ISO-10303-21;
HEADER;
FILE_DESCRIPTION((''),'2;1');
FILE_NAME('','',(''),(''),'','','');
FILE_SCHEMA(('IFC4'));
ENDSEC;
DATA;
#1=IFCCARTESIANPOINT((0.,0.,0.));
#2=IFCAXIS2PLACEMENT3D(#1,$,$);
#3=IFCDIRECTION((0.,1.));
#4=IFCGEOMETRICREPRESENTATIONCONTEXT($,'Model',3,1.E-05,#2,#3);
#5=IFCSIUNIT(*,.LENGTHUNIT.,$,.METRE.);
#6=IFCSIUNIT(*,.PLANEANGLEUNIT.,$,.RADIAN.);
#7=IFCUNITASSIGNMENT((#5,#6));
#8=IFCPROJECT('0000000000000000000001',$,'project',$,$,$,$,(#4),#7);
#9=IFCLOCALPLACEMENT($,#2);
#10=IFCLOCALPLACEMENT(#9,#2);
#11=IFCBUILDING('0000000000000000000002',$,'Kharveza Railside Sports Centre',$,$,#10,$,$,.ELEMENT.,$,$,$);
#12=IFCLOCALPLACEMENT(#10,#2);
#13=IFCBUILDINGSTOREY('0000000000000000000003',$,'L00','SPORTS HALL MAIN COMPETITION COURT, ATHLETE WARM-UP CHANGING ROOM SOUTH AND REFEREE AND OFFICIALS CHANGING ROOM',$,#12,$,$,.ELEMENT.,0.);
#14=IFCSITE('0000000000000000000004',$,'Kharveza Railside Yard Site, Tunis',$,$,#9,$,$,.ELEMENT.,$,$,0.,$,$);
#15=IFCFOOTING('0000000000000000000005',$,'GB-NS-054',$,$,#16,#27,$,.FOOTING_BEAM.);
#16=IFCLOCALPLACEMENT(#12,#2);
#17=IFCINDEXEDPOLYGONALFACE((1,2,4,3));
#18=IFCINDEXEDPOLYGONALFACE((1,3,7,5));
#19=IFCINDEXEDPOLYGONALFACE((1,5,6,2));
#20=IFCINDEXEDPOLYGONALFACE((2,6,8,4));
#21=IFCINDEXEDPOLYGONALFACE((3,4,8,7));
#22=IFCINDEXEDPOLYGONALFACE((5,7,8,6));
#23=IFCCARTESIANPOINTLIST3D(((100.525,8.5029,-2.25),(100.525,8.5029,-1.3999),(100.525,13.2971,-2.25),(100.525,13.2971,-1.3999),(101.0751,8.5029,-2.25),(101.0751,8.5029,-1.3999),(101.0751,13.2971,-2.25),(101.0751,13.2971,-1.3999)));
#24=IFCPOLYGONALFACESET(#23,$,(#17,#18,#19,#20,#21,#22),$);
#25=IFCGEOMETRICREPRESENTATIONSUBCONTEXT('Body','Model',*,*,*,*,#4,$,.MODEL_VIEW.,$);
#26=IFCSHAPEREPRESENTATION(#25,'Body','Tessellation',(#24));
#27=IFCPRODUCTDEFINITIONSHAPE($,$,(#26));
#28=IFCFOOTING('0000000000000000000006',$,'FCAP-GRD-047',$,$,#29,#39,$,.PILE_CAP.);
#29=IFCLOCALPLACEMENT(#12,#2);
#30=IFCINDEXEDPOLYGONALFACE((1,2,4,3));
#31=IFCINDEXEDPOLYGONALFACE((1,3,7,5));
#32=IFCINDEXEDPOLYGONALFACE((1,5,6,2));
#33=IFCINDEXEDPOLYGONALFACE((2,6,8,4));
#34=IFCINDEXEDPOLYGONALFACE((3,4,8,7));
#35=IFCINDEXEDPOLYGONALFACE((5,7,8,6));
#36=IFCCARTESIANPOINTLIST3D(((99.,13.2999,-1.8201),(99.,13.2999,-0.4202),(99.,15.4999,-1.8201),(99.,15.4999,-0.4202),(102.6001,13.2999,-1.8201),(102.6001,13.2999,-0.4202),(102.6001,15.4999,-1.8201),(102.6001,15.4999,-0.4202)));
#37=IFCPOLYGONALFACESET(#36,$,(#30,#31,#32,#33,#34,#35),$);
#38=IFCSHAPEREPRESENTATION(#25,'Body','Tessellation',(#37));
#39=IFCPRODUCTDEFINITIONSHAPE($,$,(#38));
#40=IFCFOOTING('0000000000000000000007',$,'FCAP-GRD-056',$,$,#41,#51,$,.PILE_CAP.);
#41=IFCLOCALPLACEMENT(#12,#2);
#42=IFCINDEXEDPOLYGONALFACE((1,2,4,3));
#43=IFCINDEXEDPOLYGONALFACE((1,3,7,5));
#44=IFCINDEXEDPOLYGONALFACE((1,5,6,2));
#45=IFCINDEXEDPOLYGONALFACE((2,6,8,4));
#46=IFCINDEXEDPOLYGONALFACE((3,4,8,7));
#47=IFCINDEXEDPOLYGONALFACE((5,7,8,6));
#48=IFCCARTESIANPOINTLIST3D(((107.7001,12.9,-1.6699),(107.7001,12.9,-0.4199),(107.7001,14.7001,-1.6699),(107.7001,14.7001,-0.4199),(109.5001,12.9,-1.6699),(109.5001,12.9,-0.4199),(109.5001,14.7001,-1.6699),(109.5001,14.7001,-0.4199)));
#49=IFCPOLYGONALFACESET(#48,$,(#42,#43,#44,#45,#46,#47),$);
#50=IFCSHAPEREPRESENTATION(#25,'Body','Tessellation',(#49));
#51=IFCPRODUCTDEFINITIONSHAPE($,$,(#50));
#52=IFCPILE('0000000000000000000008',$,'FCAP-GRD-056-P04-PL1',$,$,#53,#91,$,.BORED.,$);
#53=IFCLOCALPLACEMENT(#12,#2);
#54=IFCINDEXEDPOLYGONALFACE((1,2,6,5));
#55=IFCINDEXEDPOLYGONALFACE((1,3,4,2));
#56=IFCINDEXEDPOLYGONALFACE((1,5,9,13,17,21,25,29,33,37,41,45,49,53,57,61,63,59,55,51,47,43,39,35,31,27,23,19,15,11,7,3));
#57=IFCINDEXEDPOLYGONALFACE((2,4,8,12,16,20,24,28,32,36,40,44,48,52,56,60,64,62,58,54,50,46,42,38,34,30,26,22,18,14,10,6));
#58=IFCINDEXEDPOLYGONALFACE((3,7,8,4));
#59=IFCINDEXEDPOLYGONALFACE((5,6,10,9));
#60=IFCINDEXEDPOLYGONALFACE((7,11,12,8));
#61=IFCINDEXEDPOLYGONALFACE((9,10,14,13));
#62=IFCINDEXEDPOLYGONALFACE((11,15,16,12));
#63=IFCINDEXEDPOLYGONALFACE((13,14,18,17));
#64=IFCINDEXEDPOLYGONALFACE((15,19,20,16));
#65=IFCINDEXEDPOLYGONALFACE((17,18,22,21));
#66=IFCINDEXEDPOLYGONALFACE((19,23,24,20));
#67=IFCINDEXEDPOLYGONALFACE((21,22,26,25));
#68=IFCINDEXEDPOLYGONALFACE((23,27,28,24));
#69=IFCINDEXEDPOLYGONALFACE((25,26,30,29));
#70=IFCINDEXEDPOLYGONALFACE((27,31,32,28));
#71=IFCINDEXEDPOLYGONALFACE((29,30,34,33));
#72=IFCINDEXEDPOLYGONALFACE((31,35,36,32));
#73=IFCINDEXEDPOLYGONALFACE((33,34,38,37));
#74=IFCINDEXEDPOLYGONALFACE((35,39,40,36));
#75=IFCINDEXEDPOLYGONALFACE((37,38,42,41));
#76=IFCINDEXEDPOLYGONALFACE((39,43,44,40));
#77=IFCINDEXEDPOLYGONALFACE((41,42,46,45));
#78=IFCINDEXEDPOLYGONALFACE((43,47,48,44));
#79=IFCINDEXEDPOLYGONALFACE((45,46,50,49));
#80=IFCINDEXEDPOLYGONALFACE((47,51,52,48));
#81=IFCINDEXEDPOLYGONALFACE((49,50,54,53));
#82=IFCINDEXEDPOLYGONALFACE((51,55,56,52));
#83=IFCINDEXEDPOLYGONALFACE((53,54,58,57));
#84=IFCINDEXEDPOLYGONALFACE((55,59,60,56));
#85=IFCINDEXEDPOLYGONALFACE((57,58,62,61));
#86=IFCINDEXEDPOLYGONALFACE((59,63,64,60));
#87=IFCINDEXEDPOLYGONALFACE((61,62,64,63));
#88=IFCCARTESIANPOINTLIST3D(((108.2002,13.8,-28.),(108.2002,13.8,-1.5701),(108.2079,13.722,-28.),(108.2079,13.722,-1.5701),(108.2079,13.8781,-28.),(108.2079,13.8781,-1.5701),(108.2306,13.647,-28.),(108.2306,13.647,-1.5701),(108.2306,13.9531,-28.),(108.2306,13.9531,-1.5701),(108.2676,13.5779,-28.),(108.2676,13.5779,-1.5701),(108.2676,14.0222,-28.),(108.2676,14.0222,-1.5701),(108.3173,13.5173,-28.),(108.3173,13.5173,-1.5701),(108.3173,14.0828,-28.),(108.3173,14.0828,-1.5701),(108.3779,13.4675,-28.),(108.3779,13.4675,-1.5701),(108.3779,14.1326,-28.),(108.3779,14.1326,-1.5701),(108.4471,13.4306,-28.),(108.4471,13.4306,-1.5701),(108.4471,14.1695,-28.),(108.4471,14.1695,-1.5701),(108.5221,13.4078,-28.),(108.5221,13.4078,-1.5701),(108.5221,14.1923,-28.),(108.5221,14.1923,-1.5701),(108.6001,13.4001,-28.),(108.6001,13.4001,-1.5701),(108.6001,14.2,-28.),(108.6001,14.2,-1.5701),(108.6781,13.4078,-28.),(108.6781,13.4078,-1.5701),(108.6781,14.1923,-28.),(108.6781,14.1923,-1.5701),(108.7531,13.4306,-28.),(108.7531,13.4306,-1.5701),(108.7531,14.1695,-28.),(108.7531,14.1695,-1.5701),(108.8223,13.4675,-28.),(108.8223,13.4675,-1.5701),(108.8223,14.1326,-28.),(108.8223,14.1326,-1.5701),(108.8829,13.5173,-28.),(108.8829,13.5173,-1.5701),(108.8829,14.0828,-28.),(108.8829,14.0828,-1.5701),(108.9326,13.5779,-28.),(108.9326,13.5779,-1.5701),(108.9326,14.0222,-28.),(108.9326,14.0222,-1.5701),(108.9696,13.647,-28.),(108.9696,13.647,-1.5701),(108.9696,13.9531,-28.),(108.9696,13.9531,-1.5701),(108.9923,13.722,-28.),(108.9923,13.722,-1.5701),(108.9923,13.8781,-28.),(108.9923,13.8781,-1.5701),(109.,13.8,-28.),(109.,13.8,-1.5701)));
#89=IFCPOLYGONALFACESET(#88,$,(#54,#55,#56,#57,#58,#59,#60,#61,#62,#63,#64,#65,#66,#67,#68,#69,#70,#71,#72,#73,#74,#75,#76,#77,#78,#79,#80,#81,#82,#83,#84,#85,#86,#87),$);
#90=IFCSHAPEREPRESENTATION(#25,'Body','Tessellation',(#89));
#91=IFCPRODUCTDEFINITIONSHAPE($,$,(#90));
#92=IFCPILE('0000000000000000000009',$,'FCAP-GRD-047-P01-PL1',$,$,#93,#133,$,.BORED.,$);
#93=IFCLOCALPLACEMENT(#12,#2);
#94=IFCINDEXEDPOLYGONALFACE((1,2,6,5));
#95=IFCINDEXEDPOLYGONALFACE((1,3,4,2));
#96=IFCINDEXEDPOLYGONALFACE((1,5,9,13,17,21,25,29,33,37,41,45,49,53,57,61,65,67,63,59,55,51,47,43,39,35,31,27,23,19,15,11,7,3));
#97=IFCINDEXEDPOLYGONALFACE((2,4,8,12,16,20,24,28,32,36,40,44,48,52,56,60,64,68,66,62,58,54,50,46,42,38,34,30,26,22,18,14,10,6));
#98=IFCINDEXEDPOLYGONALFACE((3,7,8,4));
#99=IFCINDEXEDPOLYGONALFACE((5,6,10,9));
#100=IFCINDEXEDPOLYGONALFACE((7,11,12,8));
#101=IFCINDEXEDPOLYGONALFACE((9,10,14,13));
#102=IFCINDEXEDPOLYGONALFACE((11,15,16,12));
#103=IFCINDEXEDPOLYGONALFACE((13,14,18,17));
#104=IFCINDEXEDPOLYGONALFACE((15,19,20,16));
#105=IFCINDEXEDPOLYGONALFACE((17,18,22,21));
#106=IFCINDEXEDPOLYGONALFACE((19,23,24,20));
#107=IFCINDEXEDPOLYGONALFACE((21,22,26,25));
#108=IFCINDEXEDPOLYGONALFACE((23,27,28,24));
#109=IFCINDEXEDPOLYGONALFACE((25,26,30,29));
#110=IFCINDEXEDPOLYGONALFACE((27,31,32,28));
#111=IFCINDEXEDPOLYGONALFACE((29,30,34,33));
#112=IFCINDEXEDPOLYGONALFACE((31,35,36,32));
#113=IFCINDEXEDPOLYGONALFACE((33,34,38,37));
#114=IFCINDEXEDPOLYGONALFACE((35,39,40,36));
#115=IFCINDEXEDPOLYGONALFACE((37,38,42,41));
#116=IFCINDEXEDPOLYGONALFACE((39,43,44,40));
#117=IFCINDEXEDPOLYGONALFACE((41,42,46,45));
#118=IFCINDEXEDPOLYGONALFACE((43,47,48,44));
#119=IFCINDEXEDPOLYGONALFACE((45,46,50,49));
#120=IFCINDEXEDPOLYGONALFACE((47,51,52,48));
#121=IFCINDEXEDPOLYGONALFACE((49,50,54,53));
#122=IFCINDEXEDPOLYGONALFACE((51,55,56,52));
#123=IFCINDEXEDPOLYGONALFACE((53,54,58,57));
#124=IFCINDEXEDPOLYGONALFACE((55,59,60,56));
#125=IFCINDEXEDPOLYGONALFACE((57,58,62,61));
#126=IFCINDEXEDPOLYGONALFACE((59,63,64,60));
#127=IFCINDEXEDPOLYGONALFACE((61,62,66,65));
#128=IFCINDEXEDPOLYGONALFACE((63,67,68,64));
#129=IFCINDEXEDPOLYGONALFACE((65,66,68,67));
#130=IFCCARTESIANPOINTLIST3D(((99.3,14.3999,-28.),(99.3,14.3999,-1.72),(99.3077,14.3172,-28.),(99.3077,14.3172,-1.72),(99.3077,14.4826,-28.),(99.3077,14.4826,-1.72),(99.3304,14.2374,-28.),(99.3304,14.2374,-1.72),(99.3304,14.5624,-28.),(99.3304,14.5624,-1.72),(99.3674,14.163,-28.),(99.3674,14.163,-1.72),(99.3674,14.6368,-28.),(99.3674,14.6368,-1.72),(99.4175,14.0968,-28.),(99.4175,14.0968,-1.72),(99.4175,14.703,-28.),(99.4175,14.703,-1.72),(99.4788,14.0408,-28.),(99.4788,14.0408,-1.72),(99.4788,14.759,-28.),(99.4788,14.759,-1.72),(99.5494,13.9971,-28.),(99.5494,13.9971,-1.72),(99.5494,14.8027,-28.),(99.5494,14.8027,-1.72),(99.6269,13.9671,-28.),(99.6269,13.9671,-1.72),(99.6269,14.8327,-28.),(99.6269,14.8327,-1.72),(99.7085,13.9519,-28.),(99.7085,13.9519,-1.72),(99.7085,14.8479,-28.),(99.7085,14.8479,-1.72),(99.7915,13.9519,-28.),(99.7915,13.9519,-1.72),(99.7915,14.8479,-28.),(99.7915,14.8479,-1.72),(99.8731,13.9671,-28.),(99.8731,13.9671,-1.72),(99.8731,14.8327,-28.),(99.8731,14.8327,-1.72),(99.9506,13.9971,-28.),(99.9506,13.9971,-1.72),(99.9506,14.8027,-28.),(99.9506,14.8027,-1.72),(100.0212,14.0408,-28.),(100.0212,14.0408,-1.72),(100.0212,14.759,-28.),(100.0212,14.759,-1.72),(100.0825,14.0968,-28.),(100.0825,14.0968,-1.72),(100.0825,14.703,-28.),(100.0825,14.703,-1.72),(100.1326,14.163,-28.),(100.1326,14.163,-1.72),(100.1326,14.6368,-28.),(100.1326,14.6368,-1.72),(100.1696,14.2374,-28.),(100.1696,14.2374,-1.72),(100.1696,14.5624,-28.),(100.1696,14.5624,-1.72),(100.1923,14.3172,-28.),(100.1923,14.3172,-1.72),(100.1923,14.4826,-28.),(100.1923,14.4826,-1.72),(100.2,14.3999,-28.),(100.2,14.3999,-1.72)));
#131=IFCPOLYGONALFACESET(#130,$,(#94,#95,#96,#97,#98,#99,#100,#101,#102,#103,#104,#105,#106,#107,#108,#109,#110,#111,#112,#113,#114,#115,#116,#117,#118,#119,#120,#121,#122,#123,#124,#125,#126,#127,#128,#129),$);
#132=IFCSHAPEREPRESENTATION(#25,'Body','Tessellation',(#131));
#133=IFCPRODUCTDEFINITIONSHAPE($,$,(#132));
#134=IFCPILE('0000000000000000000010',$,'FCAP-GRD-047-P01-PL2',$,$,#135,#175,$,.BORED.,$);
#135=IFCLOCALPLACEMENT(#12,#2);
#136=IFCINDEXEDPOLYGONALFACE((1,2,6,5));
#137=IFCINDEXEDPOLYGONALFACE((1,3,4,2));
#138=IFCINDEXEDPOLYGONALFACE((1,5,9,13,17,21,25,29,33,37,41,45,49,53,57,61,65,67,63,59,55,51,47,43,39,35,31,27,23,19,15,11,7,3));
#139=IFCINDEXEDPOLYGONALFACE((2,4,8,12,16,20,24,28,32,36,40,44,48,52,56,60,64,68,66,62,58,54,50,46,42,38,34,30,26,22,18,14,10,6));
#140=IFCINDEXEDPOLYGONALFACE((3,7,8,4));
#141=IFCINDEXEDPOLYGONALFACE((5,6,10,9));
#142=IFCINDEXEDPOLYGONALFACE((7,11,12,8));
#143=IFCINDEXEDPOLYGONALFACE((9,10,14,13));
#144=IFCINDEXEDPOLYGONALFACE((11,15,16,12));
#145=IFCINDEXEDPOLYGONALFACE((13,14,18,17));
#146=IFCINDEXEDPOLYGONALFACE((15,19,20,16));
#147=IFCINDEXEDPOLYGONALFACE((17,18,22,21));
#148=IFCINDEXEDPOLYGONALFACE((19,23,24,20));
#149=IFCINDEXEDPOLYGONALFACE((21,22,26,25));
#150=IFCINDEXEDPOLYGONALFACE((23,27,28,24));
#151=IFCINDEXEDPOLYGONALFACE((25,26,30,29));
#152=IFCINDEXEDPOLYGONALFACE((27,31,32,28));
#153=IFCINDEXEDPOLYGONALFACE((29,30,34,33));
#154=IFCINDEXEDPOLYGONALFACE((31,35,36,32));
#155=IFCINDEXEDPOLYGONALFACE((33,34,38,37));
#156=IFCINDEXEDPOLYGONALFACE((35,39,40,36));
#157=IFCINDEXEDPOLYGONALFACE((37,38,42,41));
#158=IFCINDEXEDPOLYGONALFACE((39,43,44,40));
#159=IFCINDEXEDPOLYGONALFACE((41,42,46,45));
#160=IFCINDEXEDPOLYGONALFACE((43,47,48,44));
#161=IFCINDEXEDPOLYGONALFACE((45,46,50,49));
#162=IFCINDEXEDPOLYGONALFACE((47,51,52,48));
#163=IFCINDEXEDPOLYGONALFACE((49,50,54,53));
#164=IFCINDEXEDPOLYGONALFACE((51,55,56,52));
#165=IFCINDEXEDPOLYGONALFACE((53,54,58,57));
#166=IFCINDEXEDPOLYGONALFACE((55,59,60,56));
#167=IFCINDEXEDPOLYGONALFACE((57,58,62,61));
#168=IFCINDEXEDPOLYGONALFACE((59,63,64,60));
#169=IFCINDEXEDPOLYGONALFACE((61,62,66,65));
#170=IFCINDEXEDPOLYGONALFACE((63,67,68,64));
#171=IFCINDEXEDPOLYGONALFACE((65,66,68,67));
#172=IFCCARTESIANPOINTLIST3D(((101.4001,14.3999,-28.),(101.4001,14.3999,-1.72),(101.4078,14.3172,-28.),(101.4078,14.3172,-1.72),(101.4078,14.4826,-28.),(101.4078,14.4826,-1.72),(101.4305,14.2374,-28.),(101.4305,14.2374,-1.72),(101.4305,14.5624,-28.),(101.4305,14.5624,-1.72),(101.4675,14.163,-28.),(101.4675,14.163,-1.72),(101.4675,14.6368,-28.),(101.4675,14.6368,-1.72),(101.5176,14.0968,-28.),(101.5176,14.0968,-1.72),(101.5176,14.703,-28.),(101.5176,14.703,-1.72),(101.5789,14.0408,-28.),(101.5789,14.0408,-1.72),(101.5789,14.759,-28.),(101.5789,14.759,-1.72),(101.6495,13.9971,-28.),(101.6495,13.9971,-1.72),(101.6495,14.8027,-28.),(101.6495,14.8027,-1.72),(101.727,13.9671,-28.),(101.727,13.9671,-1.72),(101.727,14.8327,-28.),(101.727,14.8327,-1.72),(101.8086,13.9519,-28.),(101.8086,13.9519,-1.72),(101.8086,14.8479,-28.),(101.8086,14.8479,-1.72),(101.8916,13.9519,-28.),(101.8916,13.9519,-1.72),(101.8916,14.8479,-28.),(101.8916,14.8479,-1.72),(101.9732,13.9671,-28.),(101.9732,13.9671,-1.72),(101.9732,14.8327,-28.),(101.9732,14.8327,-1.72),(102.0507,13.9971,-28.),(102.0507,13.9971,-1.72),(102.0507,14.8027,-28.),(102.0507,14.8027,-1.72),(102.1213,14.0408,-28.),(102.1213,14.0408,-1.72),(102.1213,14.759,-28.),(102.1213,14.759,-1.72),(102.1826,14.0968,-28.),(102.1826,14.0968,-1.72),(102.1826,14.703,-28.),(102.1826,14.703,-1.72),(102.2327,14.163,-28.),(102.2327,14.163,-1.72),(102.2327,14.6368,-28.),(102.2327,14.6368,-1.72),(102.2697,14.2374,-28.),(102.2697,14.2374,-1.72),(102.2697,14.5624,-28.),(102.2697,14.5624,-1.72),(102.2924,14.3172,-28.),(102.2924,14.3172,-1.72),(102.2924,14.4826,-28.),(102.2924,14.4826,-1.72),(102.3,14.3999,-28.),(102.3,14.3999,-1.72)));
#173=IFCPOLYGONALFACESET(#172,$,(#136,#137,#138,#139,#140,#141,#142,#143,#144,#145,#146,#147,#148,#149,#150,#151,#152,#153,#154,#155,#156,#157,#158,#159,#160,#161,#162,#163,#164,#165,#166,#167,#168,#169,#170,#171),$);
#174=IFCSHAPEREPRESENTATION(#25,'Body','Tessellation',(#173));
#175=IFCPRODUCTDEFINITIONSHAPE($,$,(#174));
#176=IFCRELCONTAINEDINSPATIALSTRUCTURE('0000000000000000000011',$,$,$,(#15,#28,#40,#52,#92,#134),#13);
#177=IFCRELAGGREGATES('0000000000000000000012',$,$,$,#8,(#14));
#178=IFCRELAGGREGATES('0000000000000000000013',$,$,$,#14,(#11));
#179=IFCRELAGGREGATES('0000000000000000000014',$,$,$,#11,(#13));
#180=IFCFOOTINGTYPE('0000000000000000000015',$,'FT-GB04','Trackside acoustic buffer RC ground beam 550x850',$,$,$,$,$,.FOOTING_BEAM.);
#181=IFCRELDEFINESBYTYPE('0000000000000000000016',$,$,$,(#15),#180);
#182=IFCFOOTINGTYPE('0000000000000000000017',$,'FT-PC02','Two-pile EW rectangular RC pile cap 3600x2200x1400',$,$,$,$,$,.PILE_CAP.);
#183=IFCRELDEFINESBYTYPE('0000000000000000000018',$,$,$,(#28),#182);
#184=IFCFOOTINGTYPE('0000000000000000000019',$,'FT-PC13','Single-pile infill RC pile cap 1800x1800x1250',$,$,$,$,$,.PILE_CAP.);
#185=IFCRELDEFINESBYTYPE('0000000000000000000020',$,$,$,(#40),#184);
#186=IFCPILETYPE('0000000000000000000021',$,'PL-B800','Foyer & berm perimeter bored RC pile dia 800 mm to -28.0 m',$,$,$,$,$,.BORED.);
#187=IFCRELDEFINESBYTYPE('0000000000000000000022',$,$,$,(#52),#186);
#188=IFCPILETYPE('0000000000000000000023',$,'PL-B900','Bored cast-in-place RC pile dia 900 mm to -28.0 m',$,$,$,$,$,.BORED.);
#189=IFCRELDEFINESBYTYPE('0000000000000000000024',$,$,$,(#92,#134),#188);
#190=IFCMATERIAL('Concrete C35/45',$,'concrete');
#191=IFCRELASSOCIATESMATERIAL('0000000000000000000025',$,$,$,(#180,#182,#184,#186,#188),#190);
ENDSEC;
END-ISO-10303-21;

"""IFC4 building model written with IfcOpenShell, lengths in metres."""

from ifc_helpers import new_model, si_unit, direction, frame, origin, origin_2d, place, context, subcontext, project, spatial, rectangle, circle, extrude, material, material_profile, profile_set, type_object, element, save


model = new_model("IFC4")

# Units and contexts
model_context = context("Model", 3, precision=1e-05, world=origin(), true_north=direction((0.0, 1.0)))
body_context = subcontext(model_context, "Body", "Model", "MODEL_VIEW")
ifc_project = project(units=[si_unit("LENGTHUNIT", "METRE"), si_unit("PLANEANGLEUNIT", "RADIAN")], contexts=[model_context])

# Site, building, storey
site_placement = place(None, origin())
site = spatial("IfcSite", under=ifc_project, at=site_placement, Name="Kharveza Railside Yard Site, Tunis", CompositionType="ELEMENT", RefElevation=0.0)
building_placement = place(site_placement, origin())
building = spatial("IfcBuilding", under=site, at=building_placement, Name="Kharveza Railside Sports Centre", CompositionType="ELEMENT")
storey_placement = place(building_placement, origin())
storey = spatial("IfcBuildingStorey", under=building, at=storey_placement, Name="L00", Description="SPORTS HALL MAIN COMPETITION COURT, ATHLETE WARM-UP CHANGING ROOM SOUTH AND REFEREE AND OFFICIALS CHANGING ROOM", CompositionType="ELEMENT", Elevation=0.0)

# Footings
ifc_material_1 = material(Name="Concrete C35/45", Category="concrete")
ifc_material_profile_1 = material_profile(ifc_material_1, rectangle(XDim=0.55, YDim=0.8501, at=origin_2d()), Name="GB 550x850")
ifc_profile_set_1 = profile_set([ifc_material_profile_1], Name="Concrete C35/45")
footing_type_1 = type_object("IfcFootingType", Name="FT-GB04", Description="Trackside acoustic buffer RC ground beam 550x850", PredefinedType="FOOTING_BEAM", material=ifc_profile_set_1)
footing_1_placement = place(storey_placement, frame((100.8, 8.5029, -1.825), z_axis=(0.0, 1.0, 0.0), x_axis=(-1.0, 0.0, 0.0)))
element("IfcFooting", 1, at=footing_1_placement, inside=storey, type_object=footing_type_1, Name="GB-NS-054", PredefinedType="FOOTING_BEAM", context=body_context, shape_type="SweptSolid", body=[
    extrude(rectangle(XDim=0.55, YDim=0.8501, at=origin_2d()), origin(), (0.0, 0.0, 1.0), 4.7942),
])
footing_type_2 = type_object("IfcFootingType", Name="FT-PC02", Description="Two-pile EW rectangular RC pile cap 3600x2200x1400", PredefinedType="PILE_CAP", material=ifc_material_1)
footing_2_placement = place(storey_placement, frame((100.8, 14.3999, -1.8201), z_axis=(0.0, 0.0, 1.0), x_axis=(1.0, 0.0, 0.0)))
element("IfcFooting", 2, at=footing_2_placement, inside=storey, type_object=footing_type_2, Name="FCAP-GRD-047", PredefinedType="PILE_CAP", context=body_context, shape_type="SweptSolid", body=[
    extrude(rectangle(XDim=3.6001, YDim=2.2, at=origin_2d()), origin(), (0.0, 0.0, 1.0), 1.3999),
])
footing_type_3 = type_object("IfcFootingType", Name="FT-PC13", Description="Single-pile infill RC pile cap 1800x1800x1250", PredefinedType="PILE_CAP", material=ifc_material_1)
footing_3_placement = place(storey_placement, frame((108.6001, 13.8, -1.6699), z_axis=(0.0, 0.0, 1.0), x_axis=(1.0, 0.0, 0.0)))
element("IfcFooting", 3, at=footing_3_placement, inside=storey, type_object=footing_type_3, Name="FCAP-GRD-056", PredefinedType="PILE_CAP", context=body_context, shape_type="SweptSolid", body=[
    extrude(rectangle(XDim=1.8, YDim=1.8, at=origin_2d()), origin(), (0.0, 0.0, 1.0), 1.25),
])

# Piles
ifc_material_profile_2 = material_profile(ifc_material_1, circle(Radius=0.3999, at=origin_2d()), Name="PILE D800")
ifc_profile_set_2 = profile_set([ifc_material_profile_2], Name="Concrete C35/45")
pile_type_1 = type_object("IfcPileType", Name="PL-B800", Description="Foyer & berm perimeter bored RC pile dia 800 mm to -28.0 m", PredefinedType="BORED", material=ifc_profile_set_2)
pile_placement = place(storey_placement, frame((108.6001, 13.8, -1.5701), z_axis=(0.0, 0.0, -1.0), x_axis=(1.0, 0.0, 0.0)))
element("IfcPile", 4, at=pile_placement, inside=storey, type_object=pile_type_1, Name="FCAP-GRD-056-P04-PL1", PredefinedType="BORED", context=body_context, shape_type="SweptSolid", body=[
    extrude(circle(Radius=0.3999, at=origin_2d()), origin(), (0.0, 0.0, 1.0), 26.4299),
])
ifc_material_profile_3 = material_profile(ifc_material_1, circle(Radius=0.45, at=origin_2d()), Name="PILE D900")
ifc_profile_set_3 = profile_set([ifc_material_profile_3], Name="Concrete C35/45")
pile_type_2 = type_object("IfcPileType", Name="PL-B900", Description="Bored cast-in-place RC pile dia 900 mm to -28.0 m", PredefinedType="BORED", material=ifc_profile_set_3)
for number, where, z_axis, x_axis, name in (
    (5, (99.75, 14.3999, -1.72), (0.0, 0.0, -1.0), (1.0, 0.0, 0.0), "FCAP-GRD-047-P01-PL1"),
    (6, (101.8501, 14.3999, -1.72), (0.0, 0.0, -1.0), (1.0, 0.0, 0.0), "FCAP-GRD-047-P01-PL2"),
):
    element("IfcPile", number, at=place(storey_placement, frame(where, z_axis=z_axis, x_axis=x_axis)), inside=storey, type_object=pile_type_2, Name=name, PredefinedType="BORED", context=body_context, shape_type="SweptSolid", body=[
        extrude(circle(Radius=0.45, at=origin_2d()), origin(), (0.0, 0.0, 1.0), 26.28),
    ])

save(model, "model.ifc")
